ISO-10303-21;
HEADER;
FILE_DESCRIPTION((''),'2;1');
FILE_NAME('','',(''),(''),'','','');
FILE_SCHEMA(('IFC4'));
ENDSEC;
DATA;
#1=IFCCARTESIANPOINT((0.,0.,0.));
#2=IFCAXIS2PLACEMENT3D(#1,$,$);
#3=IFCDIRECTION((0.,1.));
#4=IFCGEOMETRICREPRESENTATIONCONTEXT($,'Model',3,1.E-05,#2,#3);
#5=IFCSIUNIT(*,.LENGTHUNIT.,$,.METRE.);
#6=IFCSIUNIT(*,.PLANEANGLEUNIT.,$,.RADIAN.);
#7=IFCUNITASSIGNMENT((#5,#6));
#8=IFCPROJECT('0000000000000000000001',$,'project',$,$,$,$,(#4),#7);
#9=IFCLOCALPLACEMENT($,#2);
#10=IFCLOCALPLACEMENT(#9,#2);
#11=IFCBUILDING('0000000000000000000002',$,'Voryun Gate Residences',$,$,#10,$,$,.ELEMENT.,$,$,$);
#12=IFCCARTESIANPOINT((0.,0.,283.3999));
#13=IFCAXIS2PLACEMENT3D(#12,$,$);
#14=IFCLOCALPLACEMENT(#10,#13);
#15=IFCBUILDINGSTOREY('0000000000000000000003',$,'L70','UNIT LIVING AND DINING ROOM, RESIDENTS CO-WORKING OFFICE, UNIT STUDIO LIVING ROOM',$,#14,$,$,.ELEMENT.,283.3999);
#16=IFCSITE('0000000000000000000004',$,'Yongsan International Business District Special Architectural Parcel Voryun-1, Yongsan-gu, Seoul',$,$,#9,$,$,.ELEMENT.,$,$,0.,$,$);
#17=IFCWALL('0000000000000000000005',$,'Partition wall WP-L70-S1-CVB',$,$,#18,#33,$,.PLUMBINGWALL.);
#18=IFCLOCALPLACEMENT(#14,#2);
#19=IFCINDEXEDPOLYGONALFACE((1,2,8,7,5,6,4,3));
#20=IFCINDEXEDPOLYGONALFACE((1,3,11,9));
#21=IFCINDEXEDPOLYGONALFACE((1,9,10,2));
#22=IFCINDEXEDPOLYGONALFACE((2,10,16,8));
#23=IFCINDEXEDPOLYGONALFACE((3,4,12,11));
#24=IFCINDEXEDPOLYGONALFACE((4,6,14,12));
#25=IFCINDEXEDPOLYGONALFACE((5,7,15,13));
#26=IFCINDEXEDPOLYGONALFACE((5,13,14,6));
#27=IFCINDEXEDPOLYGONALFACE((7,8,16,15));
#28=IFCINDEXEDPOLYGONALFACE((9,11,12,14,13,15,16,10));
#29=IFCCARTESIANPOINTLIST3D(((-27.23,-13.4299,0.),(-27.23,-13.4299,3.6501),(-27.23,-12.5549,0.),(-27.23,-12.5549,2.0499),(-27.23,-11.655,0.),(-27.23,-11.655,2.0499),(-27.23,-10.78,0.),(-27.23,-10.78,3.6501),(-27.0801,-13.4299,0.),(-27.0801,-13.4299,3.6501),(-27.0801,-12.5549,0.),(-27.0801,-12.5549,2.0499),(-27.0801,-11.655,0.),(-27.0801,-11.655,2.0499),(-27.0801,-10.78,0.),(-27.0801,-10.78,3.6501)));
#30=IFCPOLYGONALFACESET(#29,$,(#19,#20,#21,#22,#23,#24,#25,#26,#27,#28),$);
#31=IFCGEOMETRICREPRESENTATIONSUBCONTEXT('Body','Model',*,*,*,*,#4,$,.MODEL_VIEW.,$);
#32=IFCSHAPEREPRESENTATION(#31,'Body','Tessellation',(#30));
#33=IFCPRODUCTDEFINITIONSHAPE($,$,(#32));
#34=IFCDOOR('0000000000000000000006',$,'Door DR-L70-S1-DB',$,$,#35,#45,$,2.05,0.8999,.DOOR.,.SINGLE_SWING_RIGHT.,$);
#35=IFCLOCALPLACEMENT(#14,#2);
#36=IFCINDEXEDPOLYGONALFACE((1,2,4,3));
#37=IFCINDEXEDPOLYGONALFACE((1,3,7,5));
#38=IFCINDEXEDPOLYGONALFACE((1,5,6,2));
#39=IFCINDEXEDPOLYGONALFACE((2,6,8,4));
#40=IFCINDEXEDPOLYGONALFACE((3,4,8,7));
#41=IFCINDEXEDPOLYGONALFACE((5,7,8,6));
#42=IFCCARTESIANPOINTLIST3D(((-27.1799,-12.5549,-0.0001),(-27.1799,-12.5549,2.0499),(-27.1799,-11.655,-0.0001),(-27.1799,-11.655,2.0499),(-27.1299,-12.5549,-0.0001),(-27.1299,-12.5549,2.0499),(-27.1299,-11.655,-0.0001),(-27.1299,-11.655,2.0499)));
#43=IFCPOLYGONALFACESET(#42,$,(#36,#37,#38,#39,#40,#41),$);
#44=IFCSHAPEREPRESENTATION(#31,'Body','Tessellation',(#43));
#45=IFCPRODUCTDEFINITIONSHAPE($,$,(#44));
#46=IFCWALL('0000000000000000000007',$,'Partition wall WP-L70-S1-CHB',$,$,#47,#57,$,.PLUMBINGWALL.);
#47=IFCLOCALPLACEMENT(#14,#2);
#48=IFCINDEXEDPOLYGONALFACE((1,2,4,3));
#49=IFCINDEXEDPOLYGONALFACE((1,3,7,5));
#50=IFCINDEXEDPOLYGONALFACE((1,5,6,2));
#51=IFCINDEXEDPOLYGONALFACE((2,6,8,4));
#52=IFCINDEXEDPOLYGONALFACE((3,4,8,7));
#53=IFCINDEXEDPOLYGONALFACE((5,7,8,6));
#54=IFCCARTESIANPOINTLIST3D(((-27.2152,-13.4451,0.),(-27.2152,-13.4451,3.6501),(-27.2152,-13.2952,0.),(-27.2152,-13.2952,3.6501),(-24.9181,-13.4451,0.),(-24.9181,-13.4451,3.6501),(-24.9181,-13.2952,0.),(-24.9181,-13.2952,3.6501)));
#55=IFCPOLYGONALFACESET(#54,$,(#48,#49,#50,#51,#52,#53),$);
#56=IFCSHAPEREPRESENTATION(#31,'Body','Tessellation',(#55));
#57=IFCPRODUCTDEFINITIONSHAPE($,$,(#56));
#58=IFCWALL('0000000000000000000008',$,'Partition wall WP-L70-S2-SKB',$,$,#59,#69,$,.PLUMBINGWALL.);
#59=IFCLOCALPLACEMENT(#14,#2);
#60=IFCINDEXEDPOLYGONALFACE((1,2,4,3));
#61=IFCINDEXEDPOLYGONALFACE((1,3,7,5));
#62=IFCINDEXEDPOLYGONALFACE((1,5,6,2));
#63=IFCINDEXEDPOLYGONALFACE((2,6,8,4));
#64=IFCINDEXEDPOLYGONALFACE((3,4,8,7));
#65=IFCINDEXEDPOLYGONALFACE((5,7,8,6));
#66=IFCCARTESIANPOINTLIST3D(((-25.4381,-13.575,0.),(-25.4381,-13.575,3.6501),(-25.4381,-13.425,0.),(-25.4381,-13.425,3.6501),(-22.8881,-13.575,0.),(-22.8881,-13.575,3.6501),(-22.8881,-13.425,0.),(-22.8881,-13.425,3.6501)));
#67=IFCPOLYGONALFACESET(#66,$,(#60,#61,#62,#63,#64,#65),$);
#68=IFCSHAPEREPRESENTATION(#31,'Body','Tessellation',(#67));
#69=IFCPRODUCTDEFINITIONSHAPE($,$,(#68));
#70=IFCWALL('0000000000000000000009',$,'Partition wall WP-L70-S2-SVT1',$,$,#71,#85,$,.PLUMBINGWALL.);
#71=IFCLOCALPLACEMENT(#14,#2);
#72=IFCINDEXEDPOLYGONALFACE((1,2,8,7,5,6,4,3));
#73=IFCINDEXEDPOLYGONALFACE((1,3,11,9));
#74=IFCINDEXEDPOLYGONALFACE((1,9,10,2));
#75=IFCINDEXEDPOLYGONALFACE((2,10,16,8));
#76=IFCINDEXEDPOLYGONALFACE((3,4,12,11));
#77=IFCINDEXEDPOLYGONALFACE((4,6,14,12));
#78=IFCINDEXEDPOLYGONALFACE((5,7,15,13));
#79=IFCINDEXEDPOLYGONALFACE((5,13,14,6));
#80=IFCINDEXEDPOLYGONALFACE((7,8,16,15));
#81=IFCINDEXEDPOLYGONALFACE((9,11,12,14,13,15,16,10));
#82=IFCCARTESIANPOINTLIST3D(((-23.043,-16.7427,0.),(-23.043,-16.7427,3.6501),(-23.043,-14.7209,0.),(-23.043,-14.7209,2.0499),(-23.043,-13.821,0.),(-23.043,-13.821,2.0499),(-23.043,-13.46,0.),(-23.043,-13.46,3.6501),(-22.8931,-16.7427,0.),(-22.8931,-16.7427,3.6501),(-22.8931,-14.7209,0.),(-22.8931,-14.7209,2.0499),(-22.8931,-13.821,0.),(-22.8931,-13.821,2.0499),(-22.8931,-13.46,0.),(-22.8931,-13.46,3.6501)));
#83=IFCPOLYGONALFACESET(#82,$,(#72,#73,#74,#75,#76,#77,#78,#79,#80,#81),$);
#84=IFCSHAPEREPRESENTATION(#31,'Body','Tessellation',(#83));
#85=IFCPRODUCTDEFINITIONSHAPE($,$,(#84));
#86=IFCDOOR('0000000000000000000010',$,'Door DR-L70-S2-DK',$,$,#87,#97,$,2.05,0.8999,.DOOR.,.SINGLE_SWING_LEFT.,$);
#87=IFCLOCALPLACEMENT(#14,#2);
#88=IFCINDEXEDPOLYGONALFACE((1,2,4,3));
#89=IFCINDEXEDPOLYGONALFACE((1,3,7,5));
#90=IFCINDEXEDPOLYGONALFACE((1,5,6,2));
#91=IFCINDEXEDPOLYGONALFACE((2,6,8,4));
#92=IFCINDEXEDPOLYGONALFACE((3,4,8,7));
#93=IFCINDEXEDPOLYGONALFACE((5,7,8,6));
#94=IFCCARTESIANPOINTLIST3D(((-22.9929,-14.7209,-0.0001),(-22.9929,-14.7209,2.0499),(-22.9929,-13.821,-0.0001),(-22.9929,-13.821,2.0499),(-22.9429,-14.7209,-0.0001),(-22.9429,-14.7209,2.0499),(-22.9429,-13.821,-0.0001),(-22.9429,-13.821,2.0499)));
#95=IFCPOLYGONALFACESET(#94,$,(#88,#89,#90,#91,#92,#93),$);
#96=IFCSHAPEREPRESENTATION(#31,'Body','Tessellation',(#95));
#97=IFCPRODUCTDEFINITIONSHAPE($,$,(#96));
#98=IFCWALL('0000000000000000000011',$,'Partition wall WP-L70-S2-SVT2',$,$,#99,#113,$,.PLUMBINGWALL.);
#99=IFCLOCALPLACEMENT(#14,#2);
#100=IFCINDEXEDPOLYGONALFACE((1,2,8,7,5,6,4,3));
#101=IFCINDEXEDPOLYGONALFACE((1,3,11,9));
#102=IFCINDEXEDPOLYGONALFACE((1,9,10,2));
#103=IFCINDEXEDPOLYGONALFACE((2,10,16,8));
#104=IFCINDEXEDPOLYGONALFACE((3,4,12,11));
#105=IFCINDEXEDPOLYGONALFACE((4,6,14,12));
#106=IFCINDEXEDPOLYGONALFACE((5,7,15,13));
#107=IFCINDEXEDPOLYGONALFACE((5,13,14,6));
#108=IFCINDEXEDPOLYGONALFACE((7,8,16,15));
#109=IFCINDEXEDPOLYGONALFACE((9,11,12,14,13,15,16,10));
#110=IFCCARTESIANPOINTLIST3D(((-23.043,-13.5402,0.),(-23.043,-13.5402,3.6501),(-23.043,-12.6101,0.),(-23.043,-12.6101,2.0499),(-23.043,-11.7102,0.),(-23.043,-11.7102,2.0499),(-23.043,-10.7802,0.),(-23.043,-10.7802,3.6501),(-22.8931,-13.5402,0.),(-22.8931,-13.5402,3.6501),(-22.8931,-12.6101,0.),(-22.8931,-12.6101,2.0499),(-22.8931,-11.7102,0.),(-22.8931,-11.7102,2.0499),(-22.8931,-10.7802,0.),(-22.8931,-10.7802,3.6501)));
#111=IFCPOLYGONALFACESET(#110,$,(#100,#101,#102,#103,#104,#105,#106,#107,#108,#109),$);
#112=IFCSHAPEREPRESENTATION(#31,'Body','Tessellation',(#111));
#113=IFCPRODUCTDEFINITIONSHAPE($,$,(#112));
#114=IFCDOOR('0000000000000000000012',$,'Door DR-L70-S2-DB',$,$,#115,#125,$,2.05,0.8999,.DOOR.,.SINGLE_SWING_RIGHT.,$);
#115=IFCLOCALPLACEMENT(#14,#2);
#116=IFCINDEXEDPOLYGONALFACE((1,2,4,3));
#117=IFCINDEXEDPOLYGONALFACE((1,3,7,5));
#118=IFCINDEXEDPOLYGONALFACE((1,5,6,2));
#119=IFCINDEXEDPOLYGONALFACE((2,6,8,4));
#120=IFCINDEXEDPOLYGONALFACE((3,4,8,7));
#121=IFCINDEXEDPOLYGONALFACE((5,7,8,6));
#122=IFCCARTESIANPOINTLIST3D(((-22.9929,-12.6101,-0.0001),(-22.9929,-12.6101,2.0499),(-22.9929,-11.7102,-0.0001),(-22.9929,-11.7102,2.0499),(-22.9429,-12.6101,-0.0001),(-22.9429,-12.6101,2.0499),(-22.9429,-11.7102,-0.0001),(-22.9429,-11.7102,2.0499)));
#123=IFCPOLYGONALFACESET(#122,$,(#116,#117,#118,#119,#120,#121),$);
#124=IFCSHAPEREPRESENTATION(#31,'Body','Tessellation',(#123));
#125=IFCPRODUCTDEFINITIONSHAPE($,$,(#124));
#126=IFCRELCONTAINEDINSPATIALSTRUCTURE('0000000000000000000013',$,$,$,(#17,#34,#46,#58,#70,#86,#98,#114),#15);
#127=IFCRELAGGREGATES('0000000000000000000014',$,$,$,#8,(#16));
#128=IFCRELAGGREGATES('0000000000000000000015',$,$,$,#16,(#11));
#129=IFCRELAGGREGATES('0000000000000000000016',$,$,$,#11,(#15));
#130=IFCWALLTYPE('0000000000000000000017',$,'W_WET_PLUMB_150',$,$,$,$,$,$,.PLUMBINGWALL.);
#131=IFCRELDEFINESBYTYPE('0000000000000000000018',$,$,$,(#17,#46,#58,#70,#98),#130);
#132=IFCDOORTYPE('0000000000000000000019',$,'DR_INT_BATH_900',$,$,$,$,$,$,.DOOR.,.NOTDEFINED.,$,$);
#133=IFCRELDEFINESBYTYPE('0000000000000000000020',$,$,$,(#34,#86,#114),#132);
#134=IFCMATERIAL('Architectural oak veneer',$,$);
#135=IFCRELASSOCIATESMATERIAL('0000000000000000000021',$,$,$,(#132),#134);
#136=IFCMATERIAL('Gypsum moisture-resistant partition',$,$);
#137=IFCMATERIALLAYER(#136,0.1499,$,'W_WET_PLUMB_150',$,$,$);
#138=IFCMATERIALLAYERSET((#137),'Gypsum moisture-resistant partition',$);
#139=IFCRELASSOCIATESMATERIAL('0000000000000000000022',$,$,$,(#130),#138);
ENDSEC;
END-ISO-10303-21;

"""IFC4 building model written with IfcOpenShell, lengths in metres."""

from ifc_helpers import new_model, si_unit, direction, frame, frame_2d, origin, place, context, subcontext, project, spatial, rectangle, extrude, material, layer, layer_set, type_object, element, fill, save


model = new_model("IFC4")

# Units and contexts
model_context = context("Model", 3, precision=1e-05, world=origin(), true_north=direction((0.0, 1.0)))
body_context = subcontext(model_context, "Body", "Model", "MODEL_VIEW")
ifc_project = project(units=[si_unit("LENGTHUNIT", "METRE"), si_unit("PLANEANGLEUNIT", "RADIAN")], contexts=[model_context])

# Site, building, storey
site_placement = place(None, origin())
site = spatial("IfcSite", under=ifc_project, at=site_placement, Name="Yongsan International Business District Special Architectural Parcel Voryun-1, Yongsan-gu, Seoul", CompositionType="ELEMENT", RefElevation=0.0)
building_placement = place(site_placement, origin())
building = spatial("IfcBuilding", under=site, at=building_placement, Name="Voryun Gate Residences", CompositionType="ELEMENT")
storey_placement = place(building_placement, frame((0.0, 0.0, 283.3999)))
storey = spatial("IfcBuildingStorey", under=building, at=storey_placement, Name="L70", Description="UNIT LIVING AND DINING ROOM, RESIDENTS CO-WORKING OFFICE, UNIT STUDIO LIVING ROOM", CompositionType="ELEMENT", Elevation=283.3999)

# Shared definitions
ifc_material_1 = material(Name="Architectural oak veneer")
door_type = type_object("IfcDoorType", Name="DR_INT_BATH_900", OperationType="NOTDEFINED", PredefinedType="DOOR", material=ifc_material_1)

# Wall, opening, door
ifc_material_2 = material(Name="Gypsum moisture-resistant partition")
ifc_layer_1 = layer(ifc_material_2, 0.1499, Name="W_WET_PLUMB_150")
ifc_layer_set_1 = layer_set([ifc_layer_1], Name="Gypsum moisture-resistant partition")
wall_type_1 = type_object("IfcWallType", Name="W_WET_PLUMB_150", PredefinedType="PLUMBINGWALL", material=ifc_layer_set_1)
wall_1_placement = place(storey_placement, frame((-27.155, -13.4299, 0.0), z_axis=(0.0, 0.0, 1.0), x_axis=(0.0, 1.0, 0.0)))
wall_1 = element("IfcWall", 1, at=wall_1_placement, inside=storey, type_object=wall_type_1, Name="Partition wall WP-L70-S1-CVB", PredefinedType="PLUMBINGWALL", context=body_context, shape_type="SweptSolid", body=[
    extrude(rectangle(XDim=2.6499, YDim=0.1499, at=frame_2d((1.325, 0.0))), origin(), (0.0, 0.0, 1.0), 3.6501),
])
opening_1_placement = place(wall_1_placement, frame((0.875, 0.0, 0.0)))
opening_1 = element("IfcOpeningElement", 2, at=opening_1_placement, cuts=wall_1, PredefinedType="OPENING", context=body_context, shape_type="SweptSolid", body=[
    extrude(rectangle(XDim=0.8999, YDim=2.05, at=frame_2d((0.45, 1.0249))), frame((0.0, 0.085, 0.0), z_axis=(0.0, -1.0, 0.0), x_axis=(1.0, 0.0, 0.0)), (0.0, 0.0, 1.0), 0.1699),
])
door_1_placement = place(opening_1_placement, origin())
door_1 = element("IfcDoor", 3, at=door_1_placement, inside=storey, type_object=door_type, Name="Door DR-L70-S1-DB", OperationType="SINGLE_SWING_RIGHT", OverallHeight=2.05, OverallWidth=0.8999, PredefinedType="DOOR", context=body_context, shape_type="SweptSolid", body=[
    extrude(rectangle(XDim=0.8999, YDim=2.05, at=frame_2d((0.45, 1.0249))), frame((0.0, 0.0249, 0.0), z_axis=(0.0, -1.0, 0.0), x_axis=(1.0, 0.0, 0.0)), (0.0, 0.0, 1.0), 0.05),
])
fill(opening_1, door_1)

# Walls
wall_2_placement = place(storey_placement, frame((-27.2151, -13.3701, 0.0), z_axis=(0.0, 0.0, 1.0), x_axis=(1.0, 0.0, 0.0)))
element("IfcWall", 4, at=wall_2_placement, inside=storey, type_object=wall_type_1, Name="Partition wall WP-L70-S1-CHB", PredefinedType="PLUMBINGWALL", context=body_context, shape_type="SweptSolid", body=[
    extrude(rectangle(XDim=2.2971, YDim=0.1499, at=frame_2d((1.1484, 0.0))), origin(), (0.0, 0.0, 1.0), 3.6501),
])
wall_3_placement = place(storey_placement, frame((-25.438, -13.5, 0.0), z_axis=(0.0, 0.0, 1.0), x_axis=(1.0, 0.0, 0.0)))
element("IfcWall", 5, at=wall_3_placement, inside=storey, type_object=wall_type_1, Name="Partition wall WP-L70-S2-SKB", PredefinedType="PLUMBINGWALL", context=body_context, shape_type="SweptSolid", body=[
    extrude(rectangle(XDim=2.55, YDim=0.1499, at=frame_2d((1.2749, 0.0))), origin(), (0.0, 0.0, 1.0), 3.6501),
])

# Walls, openings, doors
wall_4_placement = place(storey_placement, frame((-22.968, -16.7427, 0.0), z_axis=(0.0, 0.0, 1.0), x_axis=(0.0, 1.0, 0.0)))
wall_4 = element("IfcWall", 6, at=wall_4_placement, inside=storey, type_object=wall_type_1, Name="Partition wall WP-L70-S2-SVT1", PredefinedType="PLUMBINGWALL", context=body_context, shape_type="SweptSolid", body=[
    extrude(rectangle(XDim=3.2827, YDim=0.1499, at=frame_2d((1.6414, 0.0))), origin(), (0.0, 0.0, 1.0), 3.6501),
])
opening_2_placement = place(wall_4_placement, frame((2.0217, 0.0, 0.0)))
opening_2 = element("IfcOpeningElement", 7, at=opening_2_placement, cuts=wall_4, PredefinedType="OPENING", context=body_context, shape_type="SweptSolid", body=[
    extrude(rectangle(XDim=0.8999, YDim=2.05, at=frame_2d((0.45, 1.0249))), frame((0.0, 0.085, 0.0), z_axis=(0.0, -1.0, 0.0), x_axis=(1.0, 0.0, 0.0)), (0.0, 0.0, 1.0), 0.1699),
])
door_2_placement = place(opening_2_placement, origin())
door_2 = element("IfcDoor", 8, at=door_2_placement, inside=storey, type_object=door_type, Name="Door DR-L70-S2-DK", OperationType="SINGLE_SWING_LEFT", OverallHeight=2.05, OverallWidth=0.8999, PredefinedType="DOOR", context=body_context, shape_type="SweptSolid", body=[
    extrude(rectangle(XDim=0.8999, YDim=2.05, at=frame_2d((0.45, 1.0249))), frame((0.0, 0.0249, 0.0), z_axis=(0.0, -1.0, 0.0), x_axis=(1.0, 0.0, 0.0)), (0.0, 0.0, 1.0), 0.05),
])
fill(opening_2, door_2)
wall_5_placement = place(storey_placement, frame((-22.968, -13.54, 0.0), z_axis=(0.0, 0.0, 1.0), x_axis=(0.0, 1.0, 0.0)))
wall_5 = element("IfcWall", 9, at=wall_5_placement, inside=storey, type_object=wall_type_1, Name="Partition wall WP-L70-S2-SVT2", PredefinedType="PLUMBINGWALL", context=body_context, shape_type="SweptSolid", body=[
    extrude(rectangle(XDim=2.76, YDim=0.1499, at=frame_2d((1.3799, 0.0))), origin(), (0.0, 0.0, 1.0), 3.6501),
])
opening_3_placement = place(wall_5_placement, frame((0.9299, 0.0, 0.0)))
opening_3 = element("IfcOpeningElement", 10, at=opening_3_placement, cuts=wall_5, PredefinedType="OPENING", context=body_context, shape_type="SweptSolid", body=[
    extrude(rectangle(XDim=0.8999, YDim=2.05, at=frame_2d((0.45, 1.0249))), frame((0.0, 0.085, 0.0), z_axis=(0.0, -1.0, 0.0), x_axis=(1.0, 0.0, 0.0)), (0.0, 0.0, 1.0), 0.1699),
])
door_3_placement = place(opening_3_placement, origin())
door_3 = element("IfcDoor", 11, at=door_3_placement, inside=storey, type_object=door_type, Name="Door DR-L70-S2-DB", OperationType="SINGLE_SWING_RIGHT", OverallHeight=2.05, OverallWidth=0.8999, PredefinedType="DOOR", context=body_context, shape_type="SweptSolid", body=[
    extrude(rectangle(XDim=0.8999, YDim=2.05, at=frame_2d((0.45, 1.0249))), frame((0.0, 0.0249, 0.0), z_axis=(0.0, -1.0, 0.0), x_axis=(1.0, 0.0, 0.0)), (0.0, 0.0, 1.0), 0.05),
])
fill(opening_3, door_3)

save(model, "model.ifc")
